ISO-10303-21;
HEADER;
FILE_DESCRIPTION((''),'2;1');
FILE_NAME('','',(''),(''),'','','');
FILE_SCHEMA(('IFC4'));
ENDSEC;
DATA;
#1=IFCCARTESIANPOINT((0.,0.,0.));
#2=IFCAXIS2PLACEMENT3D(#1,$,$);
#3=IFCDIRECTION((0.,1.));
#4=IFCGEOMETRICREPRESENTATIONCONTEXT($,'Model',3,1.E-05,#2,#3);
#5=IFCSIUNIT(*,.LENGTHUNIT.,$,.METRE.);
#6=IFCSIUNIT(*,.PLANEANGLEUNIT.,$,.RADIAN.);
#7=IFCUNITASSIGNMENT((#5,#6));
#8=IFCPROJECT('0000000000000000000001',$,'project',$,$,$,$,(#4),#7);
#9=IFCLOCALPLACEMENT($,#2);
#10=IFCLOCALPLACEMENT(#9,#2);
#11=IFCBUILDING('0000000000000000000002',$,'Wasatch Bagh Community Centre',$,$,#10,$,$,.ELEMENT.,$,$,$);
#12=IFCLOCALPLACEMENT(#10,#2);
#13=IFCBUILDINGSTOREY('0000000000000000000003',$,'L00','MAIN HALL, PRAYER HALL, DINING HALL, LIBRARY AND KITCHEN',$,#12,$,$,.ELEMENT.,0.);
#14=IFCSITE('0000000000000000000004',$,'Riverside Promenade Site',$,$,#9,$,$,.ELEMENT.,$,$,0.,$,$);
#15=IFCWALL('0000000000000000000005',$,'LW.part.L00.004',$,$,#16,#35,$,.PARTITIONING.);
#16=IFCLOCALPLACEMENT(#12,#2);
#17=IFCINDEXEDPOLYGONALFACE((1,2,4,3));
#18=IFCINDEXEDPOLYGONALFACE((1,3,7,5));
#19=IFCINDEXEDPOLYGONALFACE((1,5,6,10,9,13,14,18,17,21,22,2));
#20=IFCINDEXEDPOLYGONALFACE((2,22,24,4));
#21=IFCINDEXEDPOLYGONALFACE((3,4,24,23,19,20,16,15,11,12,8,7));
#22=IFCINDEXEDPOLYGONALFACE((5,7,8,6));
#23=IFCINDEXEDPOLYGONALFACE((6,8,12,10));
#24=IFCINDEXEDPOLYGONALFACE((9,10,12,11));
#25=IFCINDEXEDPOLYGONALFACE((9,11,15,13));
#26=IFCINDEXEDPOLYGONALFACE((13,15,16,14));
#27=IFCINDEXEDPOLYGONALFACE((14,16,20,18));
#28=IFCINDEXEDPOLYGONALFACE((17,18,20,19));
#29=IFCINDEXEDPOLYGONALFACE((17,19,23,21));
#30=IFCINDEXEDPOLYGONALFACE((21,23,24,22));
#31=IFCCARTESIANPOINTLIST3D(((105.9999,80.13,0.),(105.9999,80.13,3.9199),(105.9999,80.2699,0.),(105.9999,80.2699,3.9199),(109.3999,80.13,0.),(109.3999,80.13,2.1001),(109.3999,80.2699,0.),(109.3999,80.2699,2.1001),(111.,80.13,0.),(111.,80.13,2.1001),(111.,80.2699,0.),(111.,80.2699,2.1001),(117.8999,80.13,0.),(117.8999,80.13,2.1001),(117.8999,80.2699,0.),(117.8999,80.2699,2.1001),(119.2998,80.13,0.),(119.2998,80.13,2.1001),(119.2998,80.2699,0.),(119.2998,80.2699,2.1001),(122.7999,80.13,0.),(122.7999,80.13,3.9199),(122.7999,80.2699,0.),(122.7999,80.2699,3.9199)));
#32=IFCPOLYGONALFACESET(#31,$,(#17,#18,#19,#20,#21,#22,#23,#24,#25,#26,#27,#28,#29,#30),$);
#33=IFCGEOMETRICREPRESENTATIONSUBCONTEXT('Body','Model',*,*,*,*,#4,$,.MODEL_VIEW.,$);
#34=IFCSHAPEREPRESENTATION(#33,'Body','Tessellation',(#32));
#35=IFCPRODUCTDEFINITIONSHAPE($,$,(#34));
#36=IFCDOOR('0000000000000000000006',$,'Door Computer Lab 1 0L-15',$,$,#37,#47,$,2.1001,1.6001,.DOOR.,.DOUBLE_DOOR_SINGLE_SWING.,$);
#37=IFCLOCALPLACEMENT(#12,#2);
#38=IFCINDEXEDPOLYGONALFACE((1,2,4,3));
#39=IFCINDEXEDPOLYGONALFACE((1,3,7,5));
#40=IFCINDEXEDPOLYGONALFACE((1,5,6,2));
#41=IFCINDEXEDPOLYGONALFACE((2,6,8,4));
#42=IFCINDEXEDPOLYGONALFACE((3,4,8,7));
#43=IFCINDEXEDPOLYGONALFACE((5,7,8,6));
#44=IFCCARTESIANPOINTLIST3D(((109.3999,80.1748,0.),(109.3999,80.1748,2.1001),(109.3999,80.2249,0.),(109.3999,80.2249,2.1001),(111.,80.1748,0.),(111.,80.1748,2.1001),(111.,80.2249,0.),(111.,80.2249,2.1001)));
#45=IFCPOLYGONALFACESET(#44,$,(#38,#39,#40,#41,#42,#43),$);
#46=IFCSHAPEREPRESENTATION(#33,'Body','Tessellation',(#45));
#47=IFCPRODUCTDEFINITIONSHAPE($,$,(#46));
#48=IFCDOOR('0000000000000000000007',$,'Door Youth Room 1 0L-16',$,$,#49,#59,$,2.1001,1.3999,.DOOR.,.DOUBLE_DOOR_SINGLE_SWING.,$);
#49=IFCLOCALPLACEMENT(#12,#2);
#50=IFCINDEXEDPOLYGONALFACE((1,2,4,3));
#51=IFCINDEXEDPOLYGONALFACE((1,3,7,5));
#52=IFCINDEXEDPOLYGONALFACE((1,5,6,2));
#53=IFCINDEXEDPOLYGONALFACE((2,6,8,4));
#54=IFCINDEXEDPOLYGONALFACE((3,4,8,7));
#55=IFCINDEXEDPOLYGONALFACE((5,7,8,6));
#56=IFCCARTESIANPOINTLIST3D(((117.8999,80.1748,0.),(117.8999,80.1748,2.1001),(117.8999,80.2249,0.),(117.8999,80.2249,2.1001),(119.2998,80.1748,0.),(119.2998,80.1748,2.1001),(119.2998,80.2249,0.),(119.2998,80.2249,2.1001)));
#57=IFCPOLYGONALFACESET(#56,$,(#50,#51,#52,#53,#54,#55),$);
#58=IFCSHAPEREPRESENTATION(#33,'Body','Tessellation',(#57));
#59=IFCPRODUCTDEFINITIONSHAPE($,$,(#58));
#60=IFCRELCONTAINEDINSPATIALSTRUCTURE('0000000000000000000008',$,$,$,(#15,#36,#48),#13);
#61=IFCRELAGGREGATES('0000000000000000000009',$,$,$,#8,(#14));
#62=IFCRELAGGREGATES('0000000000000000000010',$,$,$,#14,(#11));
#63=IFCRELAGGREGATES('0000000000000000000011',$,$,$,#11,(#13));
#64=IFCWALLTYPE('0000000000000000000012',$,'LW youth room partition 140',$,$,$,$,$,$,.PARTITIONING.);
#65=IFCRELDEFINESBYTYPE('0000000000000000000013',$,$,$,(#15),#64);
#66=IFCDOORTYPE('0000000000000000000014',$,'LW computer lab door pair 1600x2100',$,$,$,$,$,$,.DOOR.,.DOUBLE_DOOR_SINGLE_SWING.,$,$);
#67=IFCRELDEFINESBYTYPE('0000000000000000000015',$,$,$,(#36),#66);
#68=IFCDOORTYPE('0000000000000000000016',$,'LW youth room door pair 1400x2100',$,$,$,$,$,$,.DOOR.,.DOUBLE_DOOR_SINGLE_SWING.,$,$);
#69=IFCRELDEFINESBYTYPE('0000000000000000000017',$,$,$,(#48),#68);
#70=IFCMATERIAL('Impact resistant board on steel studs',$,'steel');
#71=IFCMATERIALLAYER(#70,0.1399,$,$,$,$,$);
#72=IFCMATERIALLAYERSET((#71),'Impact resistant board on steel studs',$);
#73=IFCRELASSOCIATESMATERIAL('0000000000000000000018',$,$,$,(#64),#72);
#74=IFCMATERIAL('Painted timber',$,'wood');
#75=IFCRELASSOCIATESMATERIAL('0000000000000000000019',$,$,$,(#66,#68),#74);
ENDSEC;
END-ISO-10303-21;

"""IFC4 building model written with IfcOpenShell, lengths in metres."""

from ifc_helpers import new_model, si_unit, direction, frame, frame_2d, origin, place, context, subcontext, project, spatial, rectangle, extrude, material, layer, layer_set, type_object, element, fill, save


model = new_model("IFC4")

# Units and contexts
model_context = context("Model", 3, precision=1e-05, world=origin(), true_north=direction((0.0, 1.0)))
body_context = subcontext(model_context, "Body", "Model", "MODEL_VIEW")
ifc_project = project(units=[si_unit("LENGTHUNIT", "METRE"), si_unit("PLANEANGLEUNIT", "RADIAN")], contexts=[model_context])

# Site, building, storey
site_placement = place(None, origin())
site = spatial("IfcSite", under=ifc_project, at=site_placement, Name="Riverside Promenade Site", CompositionType="ELEMENT", RefElevation=0.0)
building_placement = place(site_placement, origin())
building = spatial("IfcBuilding", under=site, at=building_placement, Name="Wasatch Bagh Community Centre", CompositionType="ELEMENT")
storey_placement = place(building_placement, origin())
storey = spatial("IfcBuildingStorey", under=building, at=storey_placement, Name="L00", Description="MAIN HALL, PRAYER HALL, DINING HALL, LIBRARY AND KITCHEN", CompositionType="ELEMENT", Elevation=0.0)

# Shared definitions
ifc_material_1 = material(Name="Painted timber", Category="wood")

# Wall, openings, doors
ifc_material_2 = material(Name="Impact resistant board on steel studs", Category="steel")
ifc_layer_1 = layer(ifc_material_2, 0.1399)
ifc_layer_set_1 = layer_set([ifc_layer_1], Name="Impact resistant board on steel studs")
wall_type_1 = type_object("IfcWallType", Name="LW youth room partition 140", PredefinedType="PARTITIONING", material=ifc_layer_set_1)
wall_1_placement = place(storey_placement, frame((106.0, 80.2, 0.0), z_axis=(0.0, 0.0, 1.0), x_axis=(1.0, 0.0, 0.0)))
wall_1 = element("IfcWall", 1, at=wall_1_placement, inside=storey, type_object=wall_type_1, Name="LW.part.L00.004", PredefinedType="PARTITIONING", context=body_context, shape_type="SweptSolid", body=[
    extrude(rectangle(XDim=16.8, YDim=0.1399, at=frame_2d((8.3999, 0.0))), origin(), (0.0, 0.0, 1.0), 3.9199),
])
opening_1_placement = place(wall_1_placement, frame((3.3999, 0.0, 0.0)))
opening_1 = element("IfcOpeningElement", 2, at=opening_1_placement, cuts=wall_1, PredefinedType="OPENING", context=body_context, shape_type="SweptSolid", body=[
    extrude(rectangle(XDim=1.6001, YDim=2.1001, at=frame_2d((0.8, 1.05))), frame((0.0, 0.0798, 0.0), z_axis=(0.0, -1.0, 0.0), x_axis=(1.0, 0.0, 0.0)), (0.0, 0.0, 1.0), 0.1599),
])
opening_2_placement = place(wall_1_placement, frame((11.8999, 0.0, 0.0)))
opening_2 = element("IfcOpeningElement", 3, at=opening_2_placement, cuts=wall_1, PredefinedType="OPENING", context=body_context, shape_type="SweptSolid", body=[
    extrude(rectangle(XDim=1.3999, YDim=2.1001, at=frame_2d((0.7, 1.05))), frame((0.0, 0.0798, 0.0), z_axis=(0.0, -1.0, 0.0), x_axis=(1.0, 0.0, 0.0)), (0.0, 0.0, 1.0), 0.1599),
])
door_type_1 = type_object("IfcDoorType", Name="LW computer lab door pair 1600x2100", OperationType="DOUBLE_DOOR_SINGLE_SWING", PredefinedType="DOOR", material=ifc_material_1)
door_1_placement = place(opening_1_placement, origin())
door_1 = element("IfcDoor", 4, at=door_1_placement, inside=storey, type_object=door_type_1, Name="Door Computer Lab 1 0L-15", OperationType="DOUBLE_DOOR_SINGLE_SWING", OverallHeight=2.1001, OverallWidth=1.6001, PredefinedType="DOOR", context=body_context, shape_type="SweptSolid", body=[
    extrude(rectangle(XDim=1.6001, YDim=2.1001, at=frame_2d((0.8, 1.05))), frame((0.0, 0.0249, 0.0), z_axis=(0.0, -1.0, 0.0), x_axis=(1.0, 0.0, 0.0)), (0.0, 0.0, 1.0), 0.05),
])
fill(opening_1, door_1)
door_type_2 = type_object("IfcDoorType", Name="LW youth room door pair 1400x2100", OperationType="DOUBLE_DOOR_SINGLE_SWING", PredefinedType="DOOR", material=ifc_material_1)
door_2_placement = place(opening_2_placement, origin())
door_2 = element("IfcDoor", 5, at=door_2_placement, inside=storey, type_object=door_type_2, Name="Door Youth Room 1 0L-16", OperationType="DOUBLE_DOOR_SINGLE_SWING", OverallHeight=2.1001, OverallWidth=1.3999, PredefinedType="DOOR", context=body_context, shape_type="SweptSolid", body=[
    extrude(rectangle(XDim=1.3999, YDim=2.1001, at=frame_2d((0.7, 1.05))), frame((0.0, 0.0249, 0.0), z_axis=(0.0, -1.0, 0.0), x_axis=(1.0, 0.0, 0.0)), (0.0, 0.0, 1.0), 0.05),
])
fill(opening_2, door_2)

save(model, "model.ifc")
